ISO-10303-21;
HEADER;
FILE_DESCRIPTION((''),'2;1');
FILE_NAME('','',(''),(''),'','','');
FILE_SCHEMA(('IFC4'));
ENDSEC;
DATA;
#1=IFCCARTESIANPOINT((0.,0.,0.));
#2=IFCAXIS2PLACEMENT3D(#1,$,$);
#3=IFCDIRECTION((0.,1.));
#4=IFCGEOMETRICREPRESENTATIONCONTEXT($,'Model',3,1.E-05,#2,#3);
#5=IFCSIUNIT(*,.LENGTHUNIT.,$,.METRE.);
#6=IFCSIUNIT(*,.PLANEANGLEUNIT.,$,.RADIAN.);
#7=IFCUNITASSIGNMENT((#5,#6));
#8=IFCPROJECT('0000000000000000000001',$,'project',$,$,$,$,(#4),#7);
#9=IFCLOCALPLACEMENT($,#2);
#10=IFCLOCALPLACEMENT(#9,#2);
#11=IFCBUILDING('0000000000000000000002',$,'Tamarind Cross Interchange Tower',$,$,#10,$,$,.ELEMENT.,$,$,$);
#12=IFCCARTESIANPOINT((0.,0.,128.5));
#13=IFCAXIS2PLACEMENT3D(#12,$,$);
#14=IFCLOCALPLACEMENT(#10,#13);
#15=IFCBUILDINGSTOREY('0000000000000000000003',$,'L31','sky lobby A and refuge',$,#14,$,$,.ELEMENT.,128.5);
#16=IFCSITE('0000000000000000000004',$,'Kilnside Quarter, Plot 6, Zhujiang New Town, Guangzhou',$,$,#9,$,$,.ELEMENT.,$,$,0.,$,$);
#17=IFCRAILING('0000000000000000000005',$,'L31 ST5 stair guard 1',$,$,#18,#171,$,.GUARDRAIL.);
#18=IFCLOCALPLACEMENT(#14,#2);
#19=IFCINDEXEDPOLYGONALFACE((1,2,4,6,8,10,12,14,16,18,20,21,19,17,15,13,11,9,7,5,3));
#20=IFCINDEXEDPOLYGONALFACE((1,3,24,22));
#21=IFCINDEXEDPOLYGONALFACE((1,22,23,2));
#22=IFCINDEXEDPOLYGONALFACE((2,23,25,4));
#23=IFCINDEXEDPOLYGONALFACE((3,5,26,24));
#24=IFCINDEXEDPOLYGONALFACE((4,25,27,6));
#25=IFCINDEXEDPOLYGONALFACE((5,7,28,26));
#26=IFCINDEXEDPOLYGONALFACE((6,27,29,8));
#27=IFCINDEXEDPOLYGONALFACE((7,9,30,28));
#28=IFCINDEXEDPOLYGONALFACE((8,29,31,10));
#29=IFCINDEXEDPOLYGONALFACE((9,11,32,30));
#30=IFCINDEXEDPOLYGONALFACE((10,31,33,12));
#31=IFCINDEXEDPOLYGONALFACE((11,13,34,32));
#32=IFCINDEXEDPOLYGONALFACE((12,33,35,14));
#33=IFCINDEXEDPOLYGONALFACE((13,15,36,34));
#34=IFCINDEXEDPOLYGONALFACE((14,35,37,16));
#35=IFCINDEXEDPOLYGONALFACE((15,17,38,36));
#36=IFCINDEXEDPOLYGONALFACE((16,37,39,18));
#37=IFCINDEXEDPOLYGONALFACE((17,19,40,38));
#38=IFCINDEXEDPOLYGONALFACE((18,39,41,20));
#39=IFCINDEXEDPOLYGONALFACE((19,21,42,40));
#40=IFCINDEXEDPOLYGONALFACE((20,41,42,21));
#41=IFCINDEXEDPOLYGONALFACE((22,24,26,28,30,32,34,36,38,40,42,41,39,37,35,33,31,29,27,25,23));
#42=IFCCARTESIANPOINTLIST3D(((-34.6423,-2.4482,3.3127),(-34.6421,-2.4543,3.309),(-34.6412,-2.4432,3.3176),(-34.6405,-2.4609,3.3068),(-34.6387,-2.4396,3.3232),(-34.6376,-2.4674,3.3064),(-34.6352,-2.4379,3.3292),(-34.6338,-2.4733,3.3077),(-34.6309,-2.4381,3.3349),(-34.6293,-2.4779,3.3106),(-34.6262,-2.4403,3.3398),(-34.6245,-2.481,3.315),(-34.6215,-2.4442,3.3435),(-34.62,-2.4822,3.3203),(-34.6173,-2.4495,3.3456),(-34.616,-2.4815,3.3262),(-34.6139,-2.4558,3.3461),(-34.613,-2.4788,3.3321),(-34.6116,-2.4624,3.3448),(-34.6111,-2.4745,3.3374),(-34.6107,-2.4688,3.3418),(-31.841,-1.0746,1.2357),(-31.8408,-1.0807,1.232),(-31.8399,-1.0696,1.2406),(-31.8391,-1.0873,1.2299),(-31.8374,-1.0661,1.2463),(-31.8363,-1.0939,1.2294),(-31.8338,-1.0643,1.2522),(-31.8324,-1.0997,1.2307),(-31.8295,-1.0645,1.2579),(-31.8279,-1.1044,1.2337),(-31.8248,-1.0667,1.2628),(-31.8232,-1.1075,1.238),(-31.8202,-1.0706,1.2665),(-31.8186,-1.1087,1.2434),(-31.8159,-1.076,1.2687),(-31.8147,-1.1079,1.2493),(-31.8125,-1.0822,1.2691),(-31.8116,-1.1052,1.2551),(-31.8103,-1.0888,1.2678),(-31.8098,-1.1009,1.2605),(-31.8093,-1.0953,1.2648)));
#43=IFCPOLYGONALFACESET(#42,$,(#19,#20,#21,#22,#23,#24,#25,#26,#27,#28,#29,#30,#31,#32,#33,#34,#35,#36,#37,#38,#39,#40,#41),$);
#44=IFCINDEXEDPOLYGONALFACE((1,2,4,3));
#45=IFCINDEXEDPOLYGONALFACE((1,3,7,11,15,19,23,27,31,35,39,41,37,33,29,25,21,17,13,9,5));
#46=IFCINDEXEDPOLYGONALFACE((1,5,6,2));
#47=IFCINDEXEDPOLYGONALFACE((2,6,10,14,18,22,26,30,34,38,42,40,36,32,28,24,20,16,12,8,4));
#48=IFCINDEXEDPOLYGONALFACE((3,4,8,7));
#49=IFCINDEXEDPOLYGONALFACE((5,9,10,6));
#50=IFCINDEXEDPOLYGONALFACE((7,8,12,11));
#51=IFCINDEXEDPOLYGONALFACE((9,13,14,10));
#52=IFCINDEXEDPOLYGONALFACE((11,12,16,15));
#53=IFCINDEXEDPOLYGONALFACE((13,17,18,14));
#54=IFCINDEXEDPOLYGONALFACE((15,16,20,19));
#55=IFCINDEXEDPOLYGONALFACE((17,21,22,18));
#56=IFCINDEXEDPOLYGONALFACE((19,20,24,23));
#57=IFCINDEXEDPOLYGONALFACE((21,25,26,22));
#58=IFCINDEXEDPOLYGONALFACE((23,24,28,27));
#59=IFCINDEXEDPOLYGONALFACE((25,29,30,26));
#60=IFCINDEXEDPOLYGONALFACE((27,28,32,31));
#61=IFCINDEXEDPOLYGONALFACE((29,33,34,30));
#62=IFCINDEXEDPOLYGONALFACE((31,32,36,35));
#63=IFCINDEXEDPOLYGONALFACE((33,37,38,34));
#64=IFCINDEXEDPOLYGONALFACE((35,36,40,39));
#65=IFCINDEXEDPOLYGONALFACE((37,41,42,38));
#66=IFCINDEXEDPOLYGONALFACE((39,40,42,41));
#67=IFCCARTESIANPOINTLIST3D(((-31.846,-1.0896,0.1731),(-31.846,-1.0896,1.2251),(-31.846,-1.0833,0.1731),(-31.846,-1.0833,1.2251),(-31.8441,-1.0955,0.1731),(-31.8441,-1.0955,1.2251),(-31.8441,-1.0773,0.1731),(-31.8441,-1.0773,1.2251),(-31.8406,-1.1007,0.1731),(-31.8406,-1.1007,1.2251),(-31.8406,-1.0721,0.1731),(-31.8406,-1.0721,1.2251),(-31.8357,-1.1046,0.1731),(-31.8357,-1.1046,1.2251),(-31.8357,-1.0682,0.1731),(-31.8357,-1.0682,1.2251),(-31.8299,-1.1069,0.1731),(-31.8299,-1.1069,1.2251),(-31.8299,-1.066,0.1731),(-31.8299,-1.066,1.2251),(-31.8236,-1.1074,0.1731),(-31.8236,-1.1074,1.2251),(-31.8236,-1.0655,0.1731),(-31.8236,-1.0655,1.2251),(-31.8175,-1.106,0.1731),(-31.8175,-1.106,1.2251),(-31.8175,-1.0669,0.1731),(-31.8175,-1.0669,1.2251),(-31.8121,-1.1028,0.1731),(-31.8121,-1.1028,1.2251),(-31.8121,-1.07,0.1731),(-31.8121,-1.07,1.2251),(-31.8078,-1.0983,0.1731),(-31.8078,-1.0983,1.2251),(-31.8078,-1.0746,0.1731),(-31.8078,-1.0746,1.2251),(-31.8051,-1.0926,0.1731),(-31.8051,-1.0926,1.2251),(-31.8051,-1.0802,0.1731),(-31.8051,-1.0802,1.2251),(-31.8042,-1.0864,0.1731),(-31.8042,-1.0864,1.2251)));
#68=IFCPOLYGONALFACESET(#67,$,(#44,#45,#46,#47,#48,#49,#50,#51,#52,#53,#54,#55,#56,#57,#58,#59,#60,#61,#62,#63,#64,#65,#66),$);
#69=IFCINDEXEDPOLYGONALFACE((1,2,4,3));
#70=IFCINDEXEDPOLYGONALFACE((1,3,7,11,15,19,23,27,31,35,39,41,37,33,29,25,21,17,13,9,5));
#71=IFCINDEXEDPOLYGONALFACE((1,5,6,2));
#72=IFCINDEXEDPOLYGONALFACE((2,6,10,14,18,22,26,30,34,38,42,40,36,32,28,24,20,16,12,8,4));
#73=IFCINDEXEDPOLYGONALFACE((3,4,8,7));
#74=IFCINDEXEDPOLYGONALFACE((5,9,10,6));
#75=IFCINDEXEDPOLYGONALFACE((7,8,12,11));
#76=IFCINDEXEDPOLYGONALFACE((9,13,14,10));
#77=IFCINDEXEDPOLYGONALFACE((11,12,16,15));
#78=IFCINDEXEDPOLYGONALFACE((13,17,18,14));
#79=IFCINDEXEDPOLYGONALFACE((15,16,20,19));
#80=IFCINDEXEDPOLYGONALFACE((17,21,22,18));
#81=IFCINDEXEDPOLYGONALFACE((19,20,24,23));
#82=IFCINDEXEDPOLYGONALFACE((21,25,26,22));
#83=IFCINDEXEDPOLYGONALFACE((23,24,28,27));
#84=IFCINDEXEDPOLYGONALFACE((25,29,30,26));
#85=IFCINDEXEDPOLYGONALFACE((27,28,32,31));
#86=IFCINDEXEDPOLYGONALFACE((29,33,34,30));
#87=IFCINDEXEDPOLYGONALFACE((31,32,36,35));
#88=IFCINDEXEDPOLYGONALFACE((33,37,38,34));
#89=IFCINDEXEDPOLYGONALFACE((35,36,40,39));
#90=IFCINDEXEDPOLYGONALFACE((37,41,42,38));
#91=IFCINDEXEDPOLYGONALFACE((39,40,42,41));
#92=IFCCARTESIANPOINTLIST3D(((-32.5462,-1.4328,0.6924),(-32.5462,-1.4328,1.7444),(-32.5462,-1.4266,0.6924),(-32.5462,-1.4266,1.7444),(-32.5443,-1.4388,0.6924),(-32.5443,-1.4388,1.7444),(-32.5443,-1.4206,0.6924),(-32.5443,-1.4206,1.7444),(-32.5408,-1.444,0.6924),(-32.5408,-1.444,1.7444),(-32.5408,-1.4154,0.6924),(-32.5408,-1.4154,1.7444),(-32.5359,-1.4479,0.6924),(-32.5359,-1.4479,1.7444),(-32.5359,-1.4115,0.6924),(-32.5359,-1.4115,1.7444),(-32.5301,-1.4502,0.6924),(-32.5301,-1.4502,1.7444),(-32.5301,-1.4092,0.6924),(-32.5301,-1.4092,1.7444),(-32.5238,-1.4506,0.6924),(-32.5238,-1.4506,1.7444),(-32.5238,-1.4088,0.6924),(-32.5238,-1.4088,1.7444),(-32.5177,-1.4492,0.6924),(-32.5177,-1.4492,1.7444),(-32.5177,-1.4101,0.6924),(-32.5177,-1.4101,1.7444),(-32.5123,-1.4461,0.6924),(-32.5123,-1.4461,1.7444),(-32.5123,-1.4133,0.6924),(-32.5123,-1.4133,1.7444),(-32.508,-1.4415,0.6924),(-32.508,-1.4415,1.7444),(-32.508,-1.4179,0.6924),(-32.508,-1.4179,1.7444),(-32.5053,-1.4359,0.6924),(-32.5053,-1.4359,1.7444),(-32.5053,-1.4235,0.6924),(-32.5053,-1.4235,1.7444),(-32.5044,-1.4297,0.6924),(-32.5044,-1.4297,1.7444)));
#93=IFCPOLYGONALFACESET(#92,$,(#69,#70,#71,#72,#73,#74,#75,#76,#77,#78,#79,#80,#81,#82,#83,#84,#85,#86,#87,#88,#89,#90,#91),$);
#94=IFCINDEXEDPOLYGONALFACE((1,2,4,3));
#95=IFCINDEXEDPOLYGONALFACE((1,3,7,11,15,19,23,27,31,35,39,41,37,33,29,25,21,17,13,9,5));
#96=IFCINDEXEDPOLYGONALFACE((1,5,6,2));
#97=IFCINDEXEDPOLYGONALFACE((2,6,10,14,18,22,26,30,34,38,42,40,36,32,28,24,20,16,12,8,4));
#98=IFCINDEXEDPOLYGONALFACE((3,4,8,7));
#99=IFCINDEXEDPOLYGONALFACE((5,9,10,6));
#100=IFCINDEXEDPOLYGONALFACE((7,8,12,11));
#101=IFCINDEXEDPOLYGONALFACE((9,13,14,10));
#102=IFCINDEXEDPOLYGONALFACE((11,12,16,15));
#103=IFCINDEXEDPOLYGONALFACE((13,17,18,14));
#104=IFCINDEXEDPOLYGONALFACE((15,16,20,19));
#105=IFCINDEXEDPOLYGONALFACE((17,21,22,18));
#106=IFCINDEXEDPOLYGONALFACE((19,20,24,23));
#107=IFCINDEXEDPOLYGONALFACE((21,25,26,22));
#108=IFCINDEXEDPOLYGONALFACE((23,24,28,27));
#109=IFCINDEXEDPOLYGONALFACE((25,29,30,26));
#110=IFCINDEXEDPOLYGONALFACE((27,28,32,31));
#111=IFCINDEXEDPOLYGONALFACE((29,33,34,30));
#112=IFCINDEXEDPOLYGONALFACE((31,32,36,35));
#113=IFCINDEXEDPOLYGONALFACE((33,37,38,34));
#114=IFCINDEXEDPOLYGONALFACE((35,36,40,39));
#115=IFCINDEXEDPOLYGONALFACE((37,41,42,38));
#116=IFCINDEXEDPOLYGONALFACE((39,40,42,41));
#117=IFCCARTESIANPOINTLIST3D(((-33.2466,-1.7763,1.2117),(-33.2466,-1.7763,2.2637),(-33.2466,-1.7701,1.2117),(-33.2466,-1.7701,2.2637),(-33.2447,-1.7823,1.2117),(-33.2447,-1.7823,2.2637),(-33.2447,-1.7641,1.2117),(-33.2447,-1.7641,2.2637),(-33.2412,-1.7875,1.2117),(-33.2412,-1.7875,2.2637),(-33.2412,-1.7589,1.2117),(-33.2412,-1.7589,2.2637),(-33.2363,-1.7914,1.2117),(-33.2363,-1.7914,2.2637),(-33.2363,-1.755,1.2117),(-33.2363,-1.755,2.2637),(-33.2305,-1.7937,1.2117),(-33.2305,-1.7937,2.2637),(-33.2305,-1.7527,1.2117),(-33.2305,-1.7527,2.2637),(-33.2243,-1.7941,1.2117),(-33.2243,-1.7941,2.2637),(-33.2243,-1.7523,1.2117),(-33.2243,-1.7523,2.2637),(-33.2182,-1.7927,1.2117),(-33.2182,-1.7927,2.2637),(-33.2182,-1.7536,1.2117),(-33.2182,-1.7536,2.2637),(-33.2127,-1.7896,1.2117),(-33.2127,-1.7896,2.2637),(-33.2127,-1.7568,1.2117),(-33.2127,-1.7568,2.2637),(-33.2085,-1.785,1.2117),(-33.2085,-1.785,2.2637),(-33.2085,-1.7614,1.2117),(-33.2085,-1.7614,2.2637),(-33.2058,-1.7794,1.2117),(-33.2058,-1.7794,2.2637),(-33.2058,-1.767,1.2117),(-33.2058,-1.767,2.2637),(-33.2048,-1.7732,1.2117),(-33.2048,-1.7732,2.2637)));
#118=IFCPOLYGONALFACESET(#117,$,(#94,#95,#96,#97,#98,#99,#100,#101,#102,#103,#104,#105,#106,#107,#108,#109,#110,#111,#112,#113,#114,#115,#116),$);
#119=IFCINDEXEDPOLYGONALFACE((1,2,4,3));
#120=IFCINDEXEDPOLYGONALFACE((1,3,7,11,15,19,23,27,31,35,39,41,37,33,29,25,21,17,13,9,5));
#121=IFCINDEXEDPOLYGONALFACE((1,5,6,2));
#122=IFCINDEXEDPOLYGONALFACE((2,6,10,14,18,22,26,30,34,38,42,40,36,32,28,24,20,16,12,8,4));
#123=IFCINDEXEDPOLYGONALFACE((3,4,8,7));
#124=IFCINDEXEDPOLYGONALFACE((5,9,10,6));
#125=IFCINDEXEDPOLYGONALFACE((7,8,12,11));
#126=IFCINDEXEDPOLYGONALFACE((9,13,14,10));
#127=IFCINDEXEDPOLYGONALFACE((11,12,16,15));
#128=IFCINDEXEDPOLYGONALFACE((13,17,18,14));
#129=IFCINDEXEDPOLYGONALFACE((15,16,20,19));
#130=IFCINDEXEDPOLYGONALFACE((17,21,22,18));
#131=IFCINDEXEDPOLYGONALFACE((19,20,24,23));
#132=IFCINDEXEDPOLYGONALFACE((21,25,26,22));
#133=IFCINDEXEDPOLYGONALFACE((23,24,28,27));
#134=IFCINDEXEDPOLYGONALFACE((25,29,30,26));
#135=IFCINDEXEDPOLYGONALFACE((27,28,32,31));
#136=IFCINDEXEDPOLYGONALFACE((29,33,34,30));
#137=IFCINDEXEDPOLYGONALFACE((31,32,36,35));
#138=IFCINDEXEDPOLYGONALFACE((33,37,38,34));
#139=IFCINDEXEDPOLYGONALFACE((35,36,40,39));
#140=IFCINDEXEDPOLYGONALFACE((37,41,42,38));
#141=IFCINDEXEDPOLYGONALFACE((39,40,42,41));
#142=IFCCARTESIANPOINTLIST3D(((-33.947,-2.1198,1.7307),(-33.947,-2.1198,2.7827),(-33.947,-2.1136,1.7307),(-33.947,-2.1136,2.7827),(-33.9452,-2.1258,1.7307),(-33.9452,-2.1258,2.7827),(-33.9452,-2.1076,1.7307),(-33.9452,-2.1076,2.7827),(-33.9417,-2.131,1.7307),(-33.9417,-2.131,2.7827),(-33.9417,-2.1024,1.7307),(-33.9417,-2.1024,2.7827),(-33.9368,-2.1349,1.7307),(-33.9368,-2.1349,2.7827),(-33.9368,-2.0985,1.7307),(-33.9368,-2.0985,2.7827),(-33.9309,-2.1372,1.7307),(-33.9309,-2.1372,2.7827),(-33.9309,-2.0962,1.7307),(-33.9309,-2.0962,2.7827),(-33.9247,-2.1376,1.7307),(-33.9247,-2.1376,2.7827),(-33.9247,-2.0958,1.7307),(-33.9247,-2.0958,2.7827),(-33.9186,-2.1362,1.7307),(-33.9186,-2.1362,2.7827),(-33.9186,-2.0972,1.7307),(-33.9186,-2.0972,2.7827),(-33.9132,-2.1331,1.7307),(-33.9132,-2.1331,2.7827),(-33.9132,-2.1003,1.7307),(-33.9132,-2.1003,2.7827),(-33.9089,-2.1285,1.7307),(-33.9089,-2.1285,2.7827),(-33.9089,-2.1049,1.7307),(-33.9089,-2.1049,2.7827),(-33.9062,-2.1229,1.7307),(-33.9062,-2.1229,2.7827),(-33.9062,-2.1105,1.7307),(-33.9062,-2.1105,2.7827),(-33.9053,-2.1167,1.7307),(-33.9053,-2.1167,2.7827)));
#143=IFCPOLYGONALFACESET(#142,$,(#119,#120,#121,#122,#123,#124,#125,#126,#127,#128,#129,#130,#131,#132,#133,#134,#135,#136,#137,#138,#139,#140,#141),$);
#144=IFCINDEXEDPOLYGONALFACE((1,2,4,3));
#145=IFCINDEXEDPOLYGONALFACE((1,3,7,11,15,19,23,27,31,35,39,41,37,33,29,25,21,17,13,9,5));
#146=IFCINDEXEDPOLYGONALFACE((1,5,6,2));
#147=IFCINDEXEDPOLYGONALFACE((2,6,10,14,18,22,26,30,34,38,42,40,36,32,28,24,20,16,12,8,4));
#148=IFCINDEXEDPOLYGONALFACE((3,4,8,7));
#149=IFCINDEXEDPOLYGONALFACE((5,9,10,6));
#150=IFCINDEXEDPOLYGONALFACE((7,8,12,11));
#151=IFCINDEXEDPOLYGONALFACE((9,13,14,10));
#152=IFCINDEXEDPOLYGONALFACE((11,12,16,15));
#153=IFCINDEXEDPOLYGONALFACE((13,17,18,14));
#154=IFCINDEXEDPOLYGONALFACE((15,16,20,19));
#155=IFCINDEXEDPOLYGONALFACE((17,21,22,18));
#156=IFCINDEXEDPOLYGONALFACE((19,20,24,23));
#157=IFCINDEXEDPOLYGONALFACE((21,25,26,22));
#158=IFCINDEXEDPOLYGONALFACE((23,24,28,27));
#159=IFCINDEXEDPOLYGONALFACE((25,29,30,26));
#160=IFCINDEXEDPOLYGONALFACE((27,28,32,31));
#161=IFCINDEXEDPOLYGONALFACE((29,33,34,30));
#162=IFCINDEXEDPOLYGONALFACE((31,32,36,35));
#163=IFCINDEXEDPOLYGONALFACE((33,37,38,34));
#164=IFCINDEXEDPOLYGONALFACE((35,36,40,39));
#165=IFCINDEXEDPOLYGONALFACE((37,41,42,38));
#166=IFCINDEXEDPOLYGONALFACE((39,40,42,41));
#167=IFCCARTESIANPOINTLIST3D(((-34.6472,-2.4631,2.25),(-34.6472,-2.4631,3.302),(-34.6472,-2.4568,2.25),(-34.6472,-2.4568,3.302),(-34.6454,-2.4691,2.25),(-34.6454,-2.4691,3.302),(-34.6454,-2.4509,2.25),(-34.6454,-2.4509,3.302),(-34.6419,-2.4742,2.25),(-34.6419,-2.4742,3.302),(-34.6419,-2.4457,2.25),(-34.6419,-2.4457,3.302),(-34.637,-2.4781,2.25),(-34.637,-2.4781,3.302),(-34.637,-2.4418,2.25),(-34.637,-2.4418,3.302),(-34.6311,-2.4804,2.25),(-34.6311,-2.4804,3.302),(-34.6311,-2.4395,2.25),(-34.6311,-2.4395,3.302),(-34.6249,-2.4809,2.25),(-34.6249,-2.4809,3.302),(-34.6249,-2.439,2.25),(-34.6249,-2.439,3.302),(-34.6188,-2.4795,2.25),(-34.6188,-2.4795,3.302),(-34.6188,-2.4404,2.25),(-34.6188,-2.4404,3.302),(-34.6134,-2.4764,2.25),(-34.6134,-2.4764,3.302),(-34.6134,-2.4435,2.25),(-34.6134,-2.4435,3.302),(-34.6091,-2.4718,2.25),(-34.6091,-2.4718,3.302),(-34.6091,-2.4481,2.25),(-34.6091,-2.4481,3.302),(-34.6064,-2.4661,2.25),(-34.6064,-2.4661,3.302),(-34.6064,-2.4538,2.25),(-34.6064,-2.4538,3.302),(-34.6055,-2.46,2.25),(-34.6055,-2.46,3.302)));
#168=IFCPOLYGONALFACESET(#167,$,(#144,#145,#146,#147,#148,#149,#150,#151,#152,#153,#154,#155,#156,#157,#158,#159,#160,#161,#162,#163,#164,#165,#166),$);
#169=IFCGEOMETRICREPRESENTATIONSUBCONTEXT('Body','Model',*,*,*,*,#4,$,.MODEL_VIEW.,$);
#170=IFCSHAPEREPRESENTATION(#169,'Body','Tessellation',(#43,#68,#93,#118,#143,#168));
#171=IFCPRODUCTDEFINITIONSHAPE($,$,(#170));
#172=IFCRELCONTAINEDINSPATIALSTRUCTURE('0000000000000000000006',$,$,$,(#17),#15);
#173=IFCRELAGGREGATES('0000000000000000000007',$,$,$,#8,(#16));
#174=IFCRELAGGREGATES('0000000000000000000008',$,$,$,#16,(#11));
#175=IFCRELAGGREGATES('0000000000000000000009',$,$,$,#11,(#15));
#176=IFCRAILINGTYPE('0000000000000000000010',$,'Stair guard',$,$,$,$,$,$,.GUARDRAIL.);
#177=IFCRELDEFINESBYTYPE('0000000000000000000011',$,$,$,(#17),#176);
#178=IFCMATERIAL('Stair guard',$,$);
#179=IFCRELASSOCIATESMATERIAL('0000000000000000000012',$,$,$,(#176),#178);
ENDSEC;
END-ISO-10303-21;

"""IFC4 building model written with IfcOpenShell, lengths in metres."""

from ifc_helpers import new_model, si_unit, direction, frame, origin, origin_2d, place, context, subcontext, project, spatial, circle, extrude, material, type_object, element, save


model = new_model("IFC4")

# Units and contexts
model_context = context("Model", 3, precision=1e-05, world=origin(), true_north=direction((0.0, 1.0)))
body_context = subcontext(model_context, "Body", "Model", "MODEL_VIEW")
ifc_project = project(units=[si_unit("LENGTHUNIT", "METRE"), si_unit("PLANEANGLEUNIT", "RADIAN")], contexts=[model_context])

# Site, building, storey
site_placement = place(None, origin())
site = spatial("IfcSite", under=ifc_project, at=site_placement, Name="Kilnside Quarter, Plot 6, Zhujiang New Town, Guangzhou", CompositionType="ELEMENT", RefElevation=0.0)
building_placement = place(site_placement, origin())
building = spatial("IfcBuilding", under=site, at=building_placement, Name="Tamarind Cross Interchange Tower", CompositionType="ELEMENT")
storey_placement = place(building_placement, frame((0.0, 0.0, 128.5)))
storey = spatial("IfcBuildingStorey", under=building, at=storey_placement, Name="L31", Description="sky lobby A and refuge", CompositionType="ELEMENT", Elevation=128.5)

# Railing
ifc_material_1 = material(Name="Stair guard")
railing_type = type_object("IfcRailingType", Name="Stair guard", PredefinedType="GUARDRAIL", material=ifc_material_1)
railing_1_placement = place(storey_placement, frame((-31.8252, -1.0864, 0.1731)))
element("IfcRailing", 1, at=railing_1_placement, inside=storey, type_object=railing_type, Name="L31 ST5 stair guard 1", PredefinedType="GUARDRAIL", context=body_context, shape_type="SweptSolid", body=[
    extrude(circle(Radius=0.0239, at=origin_2d()), frame((0.0, 0.0, 1.0762), z_axis=(-0.747411, -0.366475, 0.554142), x_axis=(0.440251, -0.897875, 0.0)), (0.0, 0.0, 1.0), 3.748),
    extrude(circle(Radius=0.021, at=origin_2d()), origin(), (0.0, 0.0, 1.0), 1.052),
    extrude(circle(Radius=0.021, at=origin_2d()), frame((-0.7002, -0.3433, 0.5193)), (0.0, 0.0, 1.0), 1.052),
    extrude(circle(Radius=0.021, at=origin_2d()), frame((-1.4006, -0.6868, 1.0386)), (0.0, 0.0, 1.0), 1.052),
    extrude(circle(Radius=0.021, at=origin_2d()), frame((-2.1011, -1.0303, 1.5576)), (0.0, 0.0, 1.0), 1.052),
    extrude(circle(Radius=0.021, at=origin_2d()), frame((-2.8013, -1.3735, 2.0769)), (0.0, 0.0, 1.0), 1.052),
])

save(model, "model.ifc")
